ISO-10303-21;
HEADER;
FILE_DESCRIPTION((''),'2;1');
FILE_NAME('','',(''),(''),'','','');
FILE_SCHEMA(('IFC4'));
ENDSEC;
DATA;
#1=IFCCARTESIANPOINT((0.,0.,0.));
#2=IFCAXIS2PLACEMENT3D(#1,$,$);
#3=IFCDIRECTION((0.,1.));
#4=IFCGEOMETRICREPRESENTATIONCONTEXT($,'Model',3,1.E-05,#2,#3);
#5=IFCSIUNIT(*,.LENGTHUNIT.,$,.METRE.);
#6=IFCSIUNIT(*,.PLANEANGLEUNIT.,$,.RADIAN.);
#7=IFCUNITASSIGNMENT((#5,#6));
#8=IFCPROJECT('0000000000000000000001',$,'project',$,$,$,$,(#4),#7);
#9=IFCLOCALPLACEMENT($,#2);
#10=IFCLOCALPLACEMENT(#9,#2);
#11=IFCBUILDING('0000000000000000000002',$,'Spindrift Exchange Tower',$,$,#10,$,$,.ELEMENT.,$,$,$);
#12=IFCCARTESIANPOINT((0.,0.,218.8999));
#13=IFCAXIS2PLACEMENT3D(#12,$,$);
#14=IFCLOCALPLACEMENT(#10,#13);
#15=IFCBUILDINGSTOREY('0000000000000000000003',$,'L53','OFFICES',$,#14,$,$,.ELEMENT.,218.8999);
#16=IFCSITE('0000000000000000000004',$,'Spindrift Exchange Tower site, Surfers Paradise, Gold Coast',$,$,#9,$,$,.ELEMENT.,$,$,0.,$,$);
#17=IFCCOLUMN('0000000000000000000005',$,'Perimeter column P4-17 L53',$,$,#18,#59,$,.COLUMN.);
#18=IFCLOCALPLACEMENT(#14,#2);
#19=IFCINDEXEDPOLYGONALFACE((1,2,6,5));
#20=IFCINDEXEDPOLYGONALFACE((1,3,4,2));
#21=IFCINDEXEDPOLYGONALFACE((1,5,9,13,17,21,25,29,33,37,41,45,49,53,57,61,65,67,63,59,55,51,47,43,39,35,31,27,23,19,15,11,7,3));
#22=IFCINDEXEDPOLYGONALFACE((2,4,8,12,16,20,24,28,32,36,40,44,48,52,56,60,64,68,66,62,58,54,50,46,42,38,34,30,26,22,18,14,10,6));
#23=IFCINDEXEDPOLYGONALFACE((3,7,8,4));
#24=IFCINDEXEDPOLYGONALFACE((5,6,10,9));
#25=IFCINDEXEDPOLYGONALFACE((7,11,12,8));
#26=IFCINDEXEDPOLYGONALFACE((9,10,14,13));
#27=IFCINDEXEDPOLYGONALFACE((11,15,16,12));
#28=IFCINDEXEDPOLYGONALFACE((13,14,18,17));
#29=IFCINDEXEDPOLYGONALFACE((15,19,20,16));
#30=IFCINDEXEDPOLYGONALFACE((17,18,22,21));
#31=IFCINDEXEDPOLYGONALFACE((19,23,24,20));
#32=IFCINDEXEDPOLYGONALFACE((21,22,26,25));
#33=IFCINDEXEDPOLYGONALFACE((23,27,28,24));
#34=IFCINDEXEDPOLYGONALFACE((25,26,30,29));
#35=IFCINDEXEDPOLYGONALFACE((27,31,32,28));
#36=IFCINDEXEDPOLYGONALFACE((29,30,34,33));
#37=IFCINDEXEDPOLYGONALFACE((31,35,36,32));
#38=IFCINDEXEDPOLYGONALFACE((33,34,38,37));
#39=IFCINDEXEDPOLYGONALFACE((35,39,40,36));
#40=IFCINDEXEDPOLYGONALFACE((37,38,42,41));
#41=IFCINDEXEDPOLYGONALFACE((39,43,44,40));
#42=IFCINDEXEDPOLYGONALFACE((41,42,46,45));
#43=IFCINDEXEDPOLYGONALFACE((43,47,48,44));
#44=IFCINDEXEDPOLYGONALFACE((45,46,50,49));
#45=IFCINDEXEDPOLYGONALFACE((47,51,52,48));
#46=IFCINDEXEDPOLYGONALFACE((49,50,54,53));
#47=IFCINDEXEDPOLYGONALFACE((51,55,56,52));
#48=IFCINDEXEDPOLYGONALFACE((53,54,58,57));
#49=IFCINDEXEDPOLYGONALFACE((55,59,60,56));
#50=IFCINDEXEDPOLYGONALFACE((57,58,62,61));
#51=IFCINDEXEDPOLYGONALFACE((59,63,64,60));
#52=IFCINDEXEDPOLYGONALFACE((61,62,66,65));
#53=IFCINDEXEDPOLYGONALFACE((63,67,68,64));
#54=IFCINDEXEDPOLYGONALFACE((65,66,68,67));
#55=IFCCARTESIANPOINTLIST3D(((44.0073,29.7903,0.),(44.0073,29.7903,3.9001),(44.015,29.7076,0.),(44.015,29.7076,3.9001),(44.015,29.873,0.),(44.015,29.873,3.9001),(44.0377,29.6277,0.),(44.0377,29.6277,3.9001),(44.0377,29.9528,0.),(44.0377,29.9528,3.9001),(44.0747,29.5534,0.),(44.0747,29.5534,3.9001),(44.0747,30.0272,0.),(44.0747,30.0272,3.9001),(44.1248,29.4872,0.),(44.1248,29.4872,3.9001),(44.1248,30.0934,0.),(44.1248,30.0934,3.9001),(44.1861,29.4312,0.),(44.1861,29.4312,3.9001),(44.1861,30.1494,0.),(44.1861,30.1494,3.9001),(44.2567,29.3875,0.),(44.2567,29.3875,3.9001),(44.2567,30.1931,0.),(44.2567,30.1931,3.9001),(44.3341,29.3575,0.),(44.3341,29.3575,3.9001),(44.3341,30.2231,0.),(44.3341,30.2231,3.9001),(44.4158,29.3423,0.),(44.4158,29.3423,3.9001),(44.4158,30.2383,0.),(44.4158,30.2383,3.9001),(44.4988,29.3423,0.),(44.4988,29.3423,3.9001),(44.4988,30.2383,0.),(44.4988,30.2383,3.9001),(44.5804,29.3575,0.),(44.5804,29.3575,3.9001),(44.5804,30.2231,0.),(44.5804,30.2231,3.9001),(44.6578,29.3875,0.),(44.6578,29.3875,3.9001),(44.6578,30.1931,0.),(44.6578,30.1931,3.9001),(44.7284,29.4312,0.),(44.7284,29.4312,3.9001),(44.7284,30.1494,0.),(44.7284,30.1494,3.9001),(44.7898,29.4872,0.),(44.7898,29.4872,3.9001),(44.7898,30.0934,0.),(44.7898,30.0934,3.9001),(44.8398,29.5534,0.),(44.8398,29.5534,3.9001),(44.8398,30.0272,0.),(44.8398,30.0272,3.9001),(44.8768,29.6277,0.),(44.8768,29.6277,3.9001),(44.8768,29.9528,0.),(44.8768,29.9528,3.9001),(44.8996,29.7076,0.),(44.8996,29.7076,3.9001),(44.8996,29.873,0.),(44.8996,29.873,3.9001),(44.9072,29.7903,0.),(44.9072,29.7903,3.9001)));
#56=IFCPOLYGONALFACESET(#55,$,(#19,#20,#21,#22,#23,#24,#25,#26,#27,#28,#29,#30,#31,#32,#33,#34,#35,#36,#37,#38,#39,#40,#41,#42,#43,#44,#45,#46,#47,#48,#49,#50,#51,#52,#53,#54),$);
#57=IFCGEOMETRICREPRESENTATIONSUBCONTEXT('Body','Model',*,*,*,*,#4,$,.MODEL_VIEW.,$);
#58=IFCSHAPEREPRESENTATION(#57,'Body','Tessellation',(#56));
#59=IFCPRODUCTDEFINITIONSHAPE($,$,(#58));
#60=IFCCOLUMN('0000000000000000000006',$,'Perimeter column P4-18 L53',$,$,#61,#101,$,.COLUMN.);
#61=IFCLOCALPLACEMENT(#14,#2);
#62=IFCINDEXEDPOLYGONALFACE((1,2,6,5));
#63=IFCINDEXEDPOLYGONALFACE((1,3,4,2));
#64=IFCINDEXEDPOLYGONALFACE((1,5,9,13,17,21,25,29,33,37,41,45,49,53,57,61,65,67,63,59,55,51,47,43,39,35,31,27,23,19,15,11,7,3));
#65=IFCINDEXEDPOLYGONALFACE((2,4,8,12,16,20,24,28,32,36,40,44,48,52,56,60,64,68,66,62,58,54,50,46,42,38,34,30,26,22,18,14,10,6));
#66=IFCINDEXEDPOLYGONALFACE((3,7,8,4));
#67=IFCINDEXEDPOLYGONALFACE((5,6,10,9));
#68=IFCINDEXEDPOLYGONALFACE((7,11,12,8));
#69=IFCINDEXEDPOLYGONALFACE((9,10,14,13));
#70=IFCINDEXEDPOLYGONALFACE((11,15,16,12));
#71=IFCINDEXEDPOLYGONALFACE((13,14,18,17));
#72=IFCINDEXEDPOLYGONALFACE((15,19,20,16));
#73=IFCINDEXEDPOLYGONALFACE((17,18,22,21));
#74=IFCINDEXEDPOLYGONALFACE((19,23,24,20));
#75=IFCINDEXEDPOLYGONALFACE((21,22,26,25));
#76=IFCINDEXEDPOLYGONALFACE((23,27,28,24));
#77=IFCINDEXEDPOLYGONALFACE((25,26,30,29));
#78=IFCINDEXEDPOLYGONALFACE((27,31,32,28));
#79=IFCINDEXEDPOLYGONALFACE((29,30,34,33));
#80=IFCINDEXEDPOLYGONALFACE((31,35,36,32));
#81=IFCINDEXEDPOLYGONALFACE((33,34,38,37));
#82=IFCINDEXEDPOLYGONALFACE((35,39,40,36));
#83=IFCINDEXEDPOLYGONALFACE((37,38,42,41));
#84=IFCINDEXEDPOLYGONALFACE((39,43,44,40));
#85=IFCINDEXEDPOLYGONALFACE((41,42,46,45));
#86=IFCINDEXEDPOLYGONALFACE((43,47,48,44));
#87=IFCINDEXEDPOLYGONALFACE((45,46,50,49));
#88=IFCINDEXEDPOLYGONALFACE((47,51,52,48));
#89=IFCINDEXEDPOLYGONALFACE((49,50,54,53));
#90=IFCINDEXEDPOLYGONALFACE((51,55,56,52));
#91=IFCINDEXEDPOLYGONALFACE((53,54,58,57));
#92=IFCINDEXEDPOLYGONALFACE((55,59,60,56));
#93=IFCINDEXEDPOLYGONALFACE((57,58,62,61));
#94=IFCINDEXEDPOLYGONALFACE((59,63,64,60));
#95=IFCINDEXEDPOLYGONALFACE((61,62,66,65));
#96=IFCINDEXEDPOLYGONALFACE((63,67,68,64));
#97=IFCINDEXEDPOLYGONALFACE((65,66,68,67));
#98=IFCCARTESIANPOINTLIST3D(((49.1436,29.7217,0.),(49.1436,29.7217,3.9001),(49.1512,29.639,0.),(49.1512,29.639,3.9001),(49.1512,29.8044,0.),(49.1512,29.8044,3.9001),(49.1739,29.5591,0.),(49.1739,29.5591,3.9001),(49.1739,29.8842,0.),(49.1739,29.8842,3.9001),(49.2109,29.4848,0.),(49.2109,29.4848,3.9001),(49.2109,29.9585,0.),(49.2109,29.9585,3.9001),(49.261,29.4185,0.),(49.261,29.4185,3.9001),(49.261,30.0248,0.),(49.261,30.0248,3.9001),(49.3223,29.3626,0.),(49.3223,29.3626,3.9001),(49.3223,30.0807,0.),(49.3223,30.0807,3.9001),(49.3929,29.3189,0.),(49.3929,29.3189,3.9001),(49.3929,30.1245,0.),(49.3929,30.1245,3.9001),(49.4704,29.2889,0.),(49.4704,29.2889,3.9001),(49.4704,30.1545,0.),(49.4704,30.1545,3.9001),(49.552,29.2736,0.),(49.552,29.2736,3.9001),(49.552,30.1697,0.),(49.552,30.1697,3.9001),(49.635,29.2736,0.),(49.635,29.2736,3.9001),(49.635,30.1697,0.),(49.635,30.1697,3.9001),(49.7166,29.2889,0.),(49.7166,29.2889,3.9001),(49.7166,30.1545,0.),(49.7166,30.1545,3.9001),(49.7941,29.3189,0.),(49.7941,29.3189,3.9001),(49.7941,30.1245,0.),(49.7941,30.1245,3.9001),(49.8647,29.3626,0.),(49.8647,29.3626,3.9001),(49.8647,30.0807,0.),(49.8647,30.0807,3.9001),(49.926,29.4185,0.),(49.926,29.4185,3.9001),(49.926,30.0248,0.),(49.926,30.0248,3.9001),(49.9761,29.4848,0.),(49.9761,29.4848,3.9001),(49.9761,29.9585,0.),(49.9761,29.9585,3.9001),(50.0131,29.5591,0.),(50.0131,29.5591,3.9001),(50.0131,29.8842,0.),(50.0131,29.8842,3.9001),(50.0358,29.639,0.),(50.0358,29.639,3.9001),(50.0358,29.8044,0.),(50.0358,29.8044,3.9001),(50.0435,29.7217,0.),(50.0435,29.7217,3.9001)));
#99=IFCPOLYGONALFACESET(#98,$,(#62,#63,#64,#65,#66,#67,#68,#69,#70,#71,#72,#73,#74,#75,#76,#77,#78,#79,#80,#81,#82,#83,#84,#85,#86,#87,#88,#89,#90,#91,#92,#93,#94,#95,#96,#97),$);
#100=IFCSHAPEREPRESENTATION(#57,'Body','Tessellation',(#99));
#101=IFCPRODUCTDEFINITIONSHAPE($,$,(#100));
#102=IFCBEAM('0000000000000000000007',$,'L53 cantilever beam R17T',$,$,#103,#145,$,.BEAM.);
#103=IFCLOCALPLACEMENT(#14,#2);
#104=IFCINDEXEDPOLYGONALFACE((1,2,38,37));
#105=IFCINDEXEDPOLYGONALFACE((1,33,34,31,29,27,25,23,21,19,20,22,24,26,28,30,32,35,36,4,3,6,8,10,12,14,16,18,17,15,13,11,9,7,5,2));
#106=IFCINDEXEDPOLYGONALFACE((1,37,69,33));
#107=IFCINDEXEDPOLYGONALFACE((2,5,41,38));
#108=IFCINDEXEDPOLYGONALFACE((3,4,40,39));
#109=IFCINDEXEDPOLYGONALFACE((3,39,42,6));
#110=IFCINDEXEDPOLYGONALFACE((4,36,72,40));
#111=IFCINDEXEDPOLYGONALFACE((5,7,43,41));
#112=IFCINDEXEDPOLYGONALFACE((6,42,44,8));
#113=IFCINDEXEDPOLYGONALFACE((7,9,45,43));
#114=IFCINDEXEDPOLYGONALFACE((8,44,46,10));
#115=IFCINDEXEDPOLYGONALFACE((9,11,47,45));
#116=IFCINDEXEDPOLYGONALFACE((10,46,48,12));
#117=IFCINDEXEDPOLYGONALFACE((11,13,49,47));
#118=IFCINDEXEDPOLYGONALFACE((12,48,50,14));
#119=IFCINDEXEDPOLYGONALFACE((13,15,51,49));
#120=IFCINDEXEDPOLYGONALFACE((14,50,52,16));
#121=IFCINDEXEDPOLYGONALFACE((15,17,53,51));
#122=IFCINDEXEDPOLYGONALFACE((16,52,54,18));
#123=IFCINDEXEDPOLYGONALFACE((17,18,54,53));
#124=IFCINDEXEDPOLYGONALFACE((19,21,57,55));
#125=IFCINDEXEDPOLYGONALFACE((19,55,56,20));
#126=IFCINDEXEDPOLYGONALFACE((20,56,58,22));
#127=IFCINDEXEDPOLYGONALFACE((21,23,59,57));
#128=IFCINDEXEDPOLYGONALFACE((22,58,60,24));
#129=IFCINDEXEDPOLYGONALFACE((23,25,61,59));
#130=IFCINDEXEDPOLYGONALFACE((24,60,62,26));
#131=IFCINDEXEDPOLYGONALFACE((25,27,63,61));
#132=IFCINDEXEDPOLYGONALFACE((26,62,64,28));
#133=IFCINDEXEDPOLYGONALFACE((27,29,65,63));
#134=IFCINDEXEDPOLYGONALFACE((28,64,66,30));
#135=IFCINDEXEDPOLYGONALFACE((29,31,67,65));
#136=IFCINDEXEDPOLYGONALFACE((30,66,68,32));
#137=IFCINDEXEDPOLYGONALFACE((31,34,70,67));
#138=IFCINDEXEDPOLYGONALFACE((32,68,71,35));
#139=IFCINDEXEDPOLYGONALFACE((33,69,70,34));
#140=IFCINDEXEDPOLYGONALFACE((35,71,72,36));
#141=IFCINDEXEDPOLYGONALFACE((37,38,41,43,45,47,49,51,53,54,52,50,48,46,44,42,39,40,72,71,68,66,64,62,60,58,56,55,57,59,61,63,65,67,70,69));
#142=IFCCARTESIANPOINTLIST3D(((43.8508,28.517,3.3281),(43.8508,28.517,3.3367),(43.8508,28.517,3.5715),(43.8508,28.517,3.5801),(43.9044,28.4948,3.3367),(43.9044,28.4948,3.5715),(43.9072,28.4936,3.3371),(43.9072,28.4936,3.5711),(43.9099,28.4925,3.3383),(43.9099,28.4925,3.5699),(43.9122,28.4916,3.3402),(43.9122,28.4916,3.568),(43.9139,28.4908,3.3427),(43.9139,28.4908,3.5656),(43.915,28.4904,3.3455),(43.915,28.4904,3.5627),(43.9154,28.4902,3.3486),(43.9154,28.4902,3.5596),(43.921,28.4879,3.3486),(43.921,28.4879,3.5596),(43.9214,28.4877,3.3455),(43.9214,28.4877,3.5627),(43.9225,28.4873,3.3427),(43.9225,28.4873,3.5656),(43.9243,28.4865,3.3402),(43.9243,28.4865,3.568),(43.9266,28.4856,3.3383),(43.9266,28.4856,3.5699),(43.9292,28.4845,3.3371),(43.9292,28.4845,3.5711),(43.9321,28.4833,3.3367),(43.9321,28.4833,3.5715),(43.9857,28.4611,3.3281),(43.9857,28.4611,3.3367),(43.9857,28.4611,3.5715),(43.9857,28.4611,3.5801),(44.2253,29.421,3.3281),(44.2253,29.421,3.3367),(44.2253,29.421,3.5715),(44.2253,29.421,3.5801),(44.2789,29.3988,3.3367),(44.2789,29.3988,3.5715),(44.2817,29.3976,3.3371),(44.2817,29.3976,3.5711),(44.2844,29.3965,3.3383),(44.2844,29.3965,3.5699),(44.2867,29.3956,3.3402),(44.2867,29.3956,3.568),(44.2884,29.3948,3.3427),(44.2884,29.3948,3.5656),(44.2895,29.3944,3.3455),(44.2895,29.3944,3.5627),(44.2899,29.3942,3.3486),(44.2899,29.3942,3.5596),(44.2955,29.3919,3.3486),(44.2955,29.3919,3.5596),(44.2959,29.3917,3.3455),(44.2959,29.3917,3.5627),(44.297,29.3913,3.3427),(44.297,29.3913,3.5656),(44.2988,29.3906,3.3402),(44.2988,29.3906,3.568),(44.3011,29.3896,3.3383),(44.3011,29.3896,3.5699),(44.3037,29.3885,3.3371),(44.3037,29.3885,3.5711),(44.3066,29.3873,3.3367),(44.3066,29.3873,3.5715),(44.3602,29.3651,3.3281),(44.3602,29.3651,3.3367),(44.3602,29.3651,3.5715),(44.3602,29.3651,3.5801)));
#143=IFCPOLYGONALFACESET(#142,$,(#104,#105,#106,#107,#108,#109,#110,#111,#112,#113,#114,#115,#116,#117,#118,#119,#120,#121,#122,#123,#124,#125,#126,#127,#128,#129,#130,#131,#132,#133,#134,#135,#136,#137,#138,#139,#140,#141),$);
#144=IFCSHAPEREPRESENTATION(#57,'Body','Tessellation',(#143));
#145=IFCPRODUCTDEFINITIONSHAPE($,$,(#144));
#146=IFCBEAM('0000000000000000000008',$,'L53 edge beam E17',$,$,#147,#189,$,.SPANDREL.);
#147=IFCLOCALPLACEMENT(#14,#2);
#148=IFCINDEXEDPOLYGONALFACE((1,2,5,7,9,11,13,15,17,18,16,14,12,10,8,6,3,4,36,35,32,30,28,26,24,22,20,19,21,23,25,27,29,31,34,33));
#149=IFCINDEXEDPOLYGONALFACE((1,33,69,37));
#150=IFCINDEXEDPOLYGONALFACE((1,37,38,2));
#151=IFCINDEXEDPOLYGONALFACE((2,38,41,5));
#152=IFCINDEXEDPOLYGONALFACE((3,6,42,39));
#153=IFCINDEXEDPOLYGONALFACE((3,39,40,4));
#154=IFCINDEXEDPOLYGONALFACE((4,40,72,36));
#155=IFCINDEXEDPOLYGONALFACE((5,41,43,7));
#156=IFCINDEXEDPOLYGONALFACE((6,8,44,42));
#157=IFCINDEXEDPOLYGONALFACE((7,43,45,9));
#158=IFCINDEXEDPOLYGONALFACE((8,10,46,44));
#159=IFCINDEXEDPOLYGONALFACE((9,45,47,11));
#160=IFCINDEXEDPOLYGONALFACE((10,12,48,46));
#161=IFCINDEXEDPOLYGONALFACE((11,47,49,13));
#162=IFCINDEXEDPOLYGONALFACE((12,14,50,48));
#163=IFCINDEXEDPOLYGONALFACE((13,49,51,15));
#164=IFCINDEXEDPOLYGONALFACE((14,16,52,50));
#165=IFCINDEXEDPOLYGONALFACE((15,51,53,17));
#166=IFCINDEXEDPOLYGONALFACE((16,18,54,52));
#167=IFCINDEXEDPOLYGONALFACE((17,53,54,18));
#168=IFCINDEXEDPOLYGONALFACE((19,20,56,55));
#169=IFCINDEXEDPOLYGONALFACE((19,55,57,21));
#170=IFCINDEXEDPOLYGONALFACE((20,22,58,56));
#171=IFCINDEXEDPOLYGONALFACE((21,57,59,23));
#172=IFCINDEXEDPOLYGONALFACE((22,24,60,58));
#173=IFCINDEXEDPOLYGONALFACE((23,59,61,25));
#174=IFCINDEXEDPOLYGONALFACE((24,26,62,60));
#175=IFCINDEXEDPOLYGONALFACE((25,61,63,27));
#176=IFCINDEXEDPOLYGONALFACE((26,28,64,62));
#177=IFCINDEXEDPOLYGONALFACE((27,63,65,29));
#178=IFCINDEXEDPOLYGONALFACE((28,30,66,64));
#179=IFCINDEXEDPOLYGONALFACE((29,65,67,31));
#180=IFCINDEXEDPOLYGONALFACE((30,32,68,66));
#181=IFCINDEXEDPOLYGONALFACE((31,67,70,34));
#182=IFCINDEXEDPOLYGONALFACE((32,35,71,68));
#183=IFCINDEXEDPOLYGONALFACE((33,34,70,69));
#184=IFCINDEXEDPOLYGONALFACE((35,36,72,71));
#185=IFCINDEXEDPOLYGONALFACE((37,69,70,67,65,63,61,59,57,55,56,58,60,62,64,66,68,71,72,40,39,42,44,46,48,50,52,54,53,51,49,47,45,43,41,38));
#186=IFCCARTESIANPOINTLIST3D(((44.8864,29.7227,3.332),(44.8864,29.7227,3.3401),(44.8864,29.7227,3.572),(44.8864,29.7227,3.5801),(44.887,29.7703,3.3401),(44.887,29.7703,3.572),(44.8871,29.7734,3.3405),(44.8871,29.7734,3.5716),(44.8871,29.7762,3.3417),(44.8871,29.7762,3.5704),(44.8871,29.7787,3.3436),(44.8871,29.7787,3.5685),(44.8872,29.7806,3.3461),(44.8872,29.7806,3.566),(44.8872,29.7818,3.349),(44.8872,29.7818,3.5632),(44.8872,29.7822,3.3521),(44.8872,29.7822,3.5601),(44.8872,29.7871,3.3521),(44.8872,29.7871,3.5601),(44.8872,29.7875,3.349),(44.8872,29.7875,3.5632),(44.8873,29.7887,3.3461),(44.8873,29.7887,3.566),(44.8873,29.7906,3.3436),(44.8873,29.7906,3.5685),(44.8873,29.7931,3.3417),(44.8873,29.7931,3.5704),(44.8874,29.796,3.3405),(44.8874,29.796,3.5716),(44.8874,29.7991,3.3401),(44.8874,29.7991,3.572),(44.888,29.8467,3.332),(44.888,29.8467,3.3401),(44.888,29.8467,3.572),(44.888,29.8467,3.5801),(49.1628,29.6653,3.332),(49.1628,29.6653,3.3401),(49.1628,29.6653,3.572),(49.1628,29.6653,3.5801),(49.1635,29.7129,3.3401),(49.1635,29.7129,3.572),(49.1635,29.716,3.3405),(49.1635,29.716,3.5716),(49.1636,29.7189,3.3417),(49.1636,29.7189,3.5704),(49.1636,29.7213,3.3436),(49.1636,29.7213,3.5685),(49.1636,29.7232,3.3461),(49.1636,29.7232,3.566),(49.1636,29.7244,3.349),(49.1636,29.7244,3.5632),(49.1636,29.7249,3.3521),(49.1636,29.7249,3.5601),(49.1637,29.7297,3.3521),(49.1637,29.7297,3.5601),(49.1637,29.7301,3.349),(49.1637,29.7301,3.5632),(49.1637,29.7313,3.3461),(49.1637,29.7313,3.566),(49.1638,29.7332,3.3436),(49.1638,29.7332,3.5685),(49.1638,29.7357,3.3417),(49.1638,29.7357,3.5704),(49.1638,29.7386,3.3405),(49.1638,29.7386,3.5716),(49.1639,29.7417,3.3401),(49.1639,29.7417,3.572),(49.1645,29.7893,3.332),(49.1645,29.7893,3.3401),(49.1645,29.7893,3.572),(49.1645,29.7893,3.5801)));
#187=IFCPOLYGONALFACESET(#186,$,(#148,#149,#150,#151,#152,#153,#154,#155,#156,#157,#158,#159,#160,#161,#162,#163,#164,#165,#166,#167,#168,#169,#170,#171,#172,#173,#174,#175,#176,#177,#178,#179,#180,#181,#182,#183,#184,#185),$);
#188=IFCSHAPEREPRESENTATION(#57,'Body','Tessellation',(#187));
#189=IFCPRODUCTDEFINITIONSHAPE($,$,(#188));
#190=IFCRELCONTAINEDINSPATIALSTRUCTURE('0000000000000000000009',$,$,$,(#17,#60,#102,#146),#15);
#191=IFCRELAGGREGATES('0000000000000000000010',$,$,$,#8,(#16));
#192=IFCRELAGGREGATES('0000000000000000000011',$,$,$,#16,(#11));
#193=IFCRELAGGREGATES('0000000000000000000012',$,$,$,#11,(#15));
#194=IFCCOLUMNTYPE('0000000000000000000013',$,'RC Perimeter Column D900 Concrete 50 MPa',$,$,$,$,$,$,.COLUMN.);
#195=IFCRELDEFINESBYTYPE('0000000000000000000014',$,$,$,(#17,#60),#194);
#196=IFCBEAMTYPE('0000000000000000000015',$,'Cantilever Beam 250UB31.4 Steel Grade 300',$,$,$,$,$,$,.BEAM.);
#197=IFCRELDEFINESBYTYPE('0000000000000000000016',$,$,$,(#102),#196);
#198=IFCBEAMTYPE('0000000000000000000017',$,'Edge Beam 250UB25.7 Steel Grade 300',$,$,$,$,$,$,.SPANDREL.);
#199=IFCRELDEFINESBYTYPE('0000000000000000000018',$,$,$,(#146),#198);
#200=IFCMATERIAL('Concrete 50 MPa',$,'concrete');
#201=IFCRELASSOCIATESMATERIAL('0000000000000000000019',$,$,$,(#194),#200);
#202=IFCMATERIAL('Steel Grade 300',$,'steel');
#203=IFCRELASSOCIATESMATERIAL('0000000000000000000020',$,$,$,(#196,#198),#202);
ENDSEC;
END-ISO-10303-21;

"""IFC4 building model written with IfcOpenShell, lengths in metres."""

from ifc_helpers import new_model, si_unit, direction, frame, origin, origin_2d, place, context, subcontext, project, spatial, circle, i_section, extrude, source, transform, mapped, material, material_profile, profile_set, type_object, element, save


model = new_model("IFC4")

# Units and contexts
model_context = context("Model", 3, precision=1e-05, world=origin(), true_north=direction((0.0, 1.0)))
body_context = subcontext(model_context, "Body", "Model", "MODEL_VIEW")
ifc_project = project(units=[si_unit("LENGTHUNIT", "METRE"), si_unit("PLANEANGLEUNIT", "RADIAN")], contexts=[model_context])

# Site, building, storey
site_placement = place(None, origin())
site = spatial("IfcSite", under=ifc_project, at=site_placement, Name="Spindrift Exchange Tower site, Surfers Paradise, Gold Coast", CompositionType="ELEMENT", RefElevation=0.0)
building_placement = place(site_placement, origin())
building = spatial("IfcBuilding", under=site, at=building_placement, Name="Spindrift Exchange Tower", CompositionType="ELEMENT")
storey_placement = place(building_placement, frame((0.0, 0.0, 218.8999)))
storey = spatial("IfcBuildingStorey", under=building, at=storey_placement, Name="L53", Description="OFFICES", CompositionType="ELEMENT", Elevation=218.8999)

# Columns
ifc_material_1 = material(Name="Concrete 50 MPa", Category="concrete")
ifc_material_profile_1 = material_profile(ifc_material_1, circle(Radius=0.45, at=origin_2d()), Name="RC D900")
ifc_profile_set_1 = profile_set([ifc_material_profile_1], Name="Concrete 50 MPa")
column_type = type_object("IfcColumnType", Name="RC Perimeter Column D900 Concrete 50 MPa", PredefinedType="COLUMN", material=ifc_profile_set_1)
shared_shape_1 = source(origin(), body_context, "Body", "SweptSolid", [
    extrude(circle(Radius=0.45, at=origin_2d()), origin(), (0.0, 0.0, 1.0), 3.9001),
])
for number, where, z_axis, x_axis, name in (
    (1, (44.4573, 29.7903, 0.0), (0.0, 0.0, 1.0), (1.0, 0.0, 0.0), "Perimeter column P4-17 L53"),
    (2, (49.5935, 29.7217, 0.0), (0.0, 0.0, 1.0), (1.0, 0.0, 0.0), "Perimeter column P4-18 L53"),
):
    element("IfcColumn", number, at=place(storey_placement, frame(where, z_axis=z_axis, x_axis=x_axis)), inside=storey, type_object=column_type, Name=name, PredefinedType="COLUMN", context=body_context, shape_type="MappedRepresentation", body=[
        mapped(shared_shape_1, transform((0.0, 0.0, 0.0), scale=1.0)),
    ])

# Beams
ifc_material_2 = material(Name="Steel Grade 300", Category="steel")
ifc_material_profile_2 = material_profile(ifc_material_2, i_section(OverallWidth=0.146, OverallDepth=0.252, WebThickness=0.0061, FlangeThickness=0.0085, FilletRadius=0.012, at=origin_2d()), Name="250UB31.4")
ifc_profile_set_2 = profile_set([ifc_material_profile_2], Name="Steel Grade 300")
beam_type_1 = type_object("IfcBeamType", Name="Cantilever Beam 250UB31.4 Steel Grade 300", PredefinedType="BEAM", material=ifc_profile_set_2)
shared_shape_2 = source(origin(), body_context, "Body", "SweptSolid", [
    extrude(i_section(OverallWidth=0.146, OverallDepth=0.252, WebThickness=0.0061, FlangeThickness=0.0085, FilletRadius=0.012, at=origin_2d()), origin(), (0.0, 0.0, 1.0), 0.9785),
])
beam_1_placement = place(storey_placement, frame((44.2927, 29.3931, 3.4541), z_axis=(-0.382719, -0.923865, 0.0), x_axis=(0.923865, -0.382719, 0.0)))
element("IfcBeam", 3, at=beam_1_placement, inside=storey, type_object=beam_type_1, Name="L53 cantilever beam R17T", PredefinedType="BEAM", context=body_context, shape_type="MappedRepresentation", body=[
    mapped(shared_shape_2, transform((0.0, 0.0, 0.0), scale=1.0)),
])
ifc_material_profile_3 = material_profile(ifc_material_2, i_section(OverallWidth=0.124, OverallDepth=0.248, WebThickness=0.0049, FlangeThickness=0.0081, FilletRadius=0.012, at=origin_2d()), Name="250UB25.7")
ifc_profile_set_3 = profile_set([ifc_material_profile_3], Name="Steel Grade 300")
beam_type_2 = type_object("IfcBeamType", Name="Edge Beam 250UB25.7 Steel Grade 300", PredefinedType="SPANDREL", material=ifc_profile_set_3)
shared_shape_3 = source(origin(), body_context, "Body", "SweptSolid", [
    extrude(i_section(OverallWidth=0.124, OverallDepth=0.248, WebThickness=0.0049, FlangeThickness=0.0081, FilletRadius=0.012, at=origin_2d()), origin(), (0.0, 0.0, 1.0), 4.2769),
])
beam_2_placement = place(storey_placement, frame((44.8872, 29.7847, 3.4561), z_axis=(0.99991, -0.013415, 0.0), x_axis=(0.013415, 0.99991, 0.0)))
element("IfcBeam", 4, at=beam_2_placement, inside=storey, type_object=beam_type_2, Name="L53 edge beam E17", PredefinedType="SPANDREL", context=body_context, shape_type="MappedRepresentation", body=[
    mapped(shared_shape_3, transform((0.0, 0.0, 0.0), scale=1.0)),
])

save(model, "model.ifc")
